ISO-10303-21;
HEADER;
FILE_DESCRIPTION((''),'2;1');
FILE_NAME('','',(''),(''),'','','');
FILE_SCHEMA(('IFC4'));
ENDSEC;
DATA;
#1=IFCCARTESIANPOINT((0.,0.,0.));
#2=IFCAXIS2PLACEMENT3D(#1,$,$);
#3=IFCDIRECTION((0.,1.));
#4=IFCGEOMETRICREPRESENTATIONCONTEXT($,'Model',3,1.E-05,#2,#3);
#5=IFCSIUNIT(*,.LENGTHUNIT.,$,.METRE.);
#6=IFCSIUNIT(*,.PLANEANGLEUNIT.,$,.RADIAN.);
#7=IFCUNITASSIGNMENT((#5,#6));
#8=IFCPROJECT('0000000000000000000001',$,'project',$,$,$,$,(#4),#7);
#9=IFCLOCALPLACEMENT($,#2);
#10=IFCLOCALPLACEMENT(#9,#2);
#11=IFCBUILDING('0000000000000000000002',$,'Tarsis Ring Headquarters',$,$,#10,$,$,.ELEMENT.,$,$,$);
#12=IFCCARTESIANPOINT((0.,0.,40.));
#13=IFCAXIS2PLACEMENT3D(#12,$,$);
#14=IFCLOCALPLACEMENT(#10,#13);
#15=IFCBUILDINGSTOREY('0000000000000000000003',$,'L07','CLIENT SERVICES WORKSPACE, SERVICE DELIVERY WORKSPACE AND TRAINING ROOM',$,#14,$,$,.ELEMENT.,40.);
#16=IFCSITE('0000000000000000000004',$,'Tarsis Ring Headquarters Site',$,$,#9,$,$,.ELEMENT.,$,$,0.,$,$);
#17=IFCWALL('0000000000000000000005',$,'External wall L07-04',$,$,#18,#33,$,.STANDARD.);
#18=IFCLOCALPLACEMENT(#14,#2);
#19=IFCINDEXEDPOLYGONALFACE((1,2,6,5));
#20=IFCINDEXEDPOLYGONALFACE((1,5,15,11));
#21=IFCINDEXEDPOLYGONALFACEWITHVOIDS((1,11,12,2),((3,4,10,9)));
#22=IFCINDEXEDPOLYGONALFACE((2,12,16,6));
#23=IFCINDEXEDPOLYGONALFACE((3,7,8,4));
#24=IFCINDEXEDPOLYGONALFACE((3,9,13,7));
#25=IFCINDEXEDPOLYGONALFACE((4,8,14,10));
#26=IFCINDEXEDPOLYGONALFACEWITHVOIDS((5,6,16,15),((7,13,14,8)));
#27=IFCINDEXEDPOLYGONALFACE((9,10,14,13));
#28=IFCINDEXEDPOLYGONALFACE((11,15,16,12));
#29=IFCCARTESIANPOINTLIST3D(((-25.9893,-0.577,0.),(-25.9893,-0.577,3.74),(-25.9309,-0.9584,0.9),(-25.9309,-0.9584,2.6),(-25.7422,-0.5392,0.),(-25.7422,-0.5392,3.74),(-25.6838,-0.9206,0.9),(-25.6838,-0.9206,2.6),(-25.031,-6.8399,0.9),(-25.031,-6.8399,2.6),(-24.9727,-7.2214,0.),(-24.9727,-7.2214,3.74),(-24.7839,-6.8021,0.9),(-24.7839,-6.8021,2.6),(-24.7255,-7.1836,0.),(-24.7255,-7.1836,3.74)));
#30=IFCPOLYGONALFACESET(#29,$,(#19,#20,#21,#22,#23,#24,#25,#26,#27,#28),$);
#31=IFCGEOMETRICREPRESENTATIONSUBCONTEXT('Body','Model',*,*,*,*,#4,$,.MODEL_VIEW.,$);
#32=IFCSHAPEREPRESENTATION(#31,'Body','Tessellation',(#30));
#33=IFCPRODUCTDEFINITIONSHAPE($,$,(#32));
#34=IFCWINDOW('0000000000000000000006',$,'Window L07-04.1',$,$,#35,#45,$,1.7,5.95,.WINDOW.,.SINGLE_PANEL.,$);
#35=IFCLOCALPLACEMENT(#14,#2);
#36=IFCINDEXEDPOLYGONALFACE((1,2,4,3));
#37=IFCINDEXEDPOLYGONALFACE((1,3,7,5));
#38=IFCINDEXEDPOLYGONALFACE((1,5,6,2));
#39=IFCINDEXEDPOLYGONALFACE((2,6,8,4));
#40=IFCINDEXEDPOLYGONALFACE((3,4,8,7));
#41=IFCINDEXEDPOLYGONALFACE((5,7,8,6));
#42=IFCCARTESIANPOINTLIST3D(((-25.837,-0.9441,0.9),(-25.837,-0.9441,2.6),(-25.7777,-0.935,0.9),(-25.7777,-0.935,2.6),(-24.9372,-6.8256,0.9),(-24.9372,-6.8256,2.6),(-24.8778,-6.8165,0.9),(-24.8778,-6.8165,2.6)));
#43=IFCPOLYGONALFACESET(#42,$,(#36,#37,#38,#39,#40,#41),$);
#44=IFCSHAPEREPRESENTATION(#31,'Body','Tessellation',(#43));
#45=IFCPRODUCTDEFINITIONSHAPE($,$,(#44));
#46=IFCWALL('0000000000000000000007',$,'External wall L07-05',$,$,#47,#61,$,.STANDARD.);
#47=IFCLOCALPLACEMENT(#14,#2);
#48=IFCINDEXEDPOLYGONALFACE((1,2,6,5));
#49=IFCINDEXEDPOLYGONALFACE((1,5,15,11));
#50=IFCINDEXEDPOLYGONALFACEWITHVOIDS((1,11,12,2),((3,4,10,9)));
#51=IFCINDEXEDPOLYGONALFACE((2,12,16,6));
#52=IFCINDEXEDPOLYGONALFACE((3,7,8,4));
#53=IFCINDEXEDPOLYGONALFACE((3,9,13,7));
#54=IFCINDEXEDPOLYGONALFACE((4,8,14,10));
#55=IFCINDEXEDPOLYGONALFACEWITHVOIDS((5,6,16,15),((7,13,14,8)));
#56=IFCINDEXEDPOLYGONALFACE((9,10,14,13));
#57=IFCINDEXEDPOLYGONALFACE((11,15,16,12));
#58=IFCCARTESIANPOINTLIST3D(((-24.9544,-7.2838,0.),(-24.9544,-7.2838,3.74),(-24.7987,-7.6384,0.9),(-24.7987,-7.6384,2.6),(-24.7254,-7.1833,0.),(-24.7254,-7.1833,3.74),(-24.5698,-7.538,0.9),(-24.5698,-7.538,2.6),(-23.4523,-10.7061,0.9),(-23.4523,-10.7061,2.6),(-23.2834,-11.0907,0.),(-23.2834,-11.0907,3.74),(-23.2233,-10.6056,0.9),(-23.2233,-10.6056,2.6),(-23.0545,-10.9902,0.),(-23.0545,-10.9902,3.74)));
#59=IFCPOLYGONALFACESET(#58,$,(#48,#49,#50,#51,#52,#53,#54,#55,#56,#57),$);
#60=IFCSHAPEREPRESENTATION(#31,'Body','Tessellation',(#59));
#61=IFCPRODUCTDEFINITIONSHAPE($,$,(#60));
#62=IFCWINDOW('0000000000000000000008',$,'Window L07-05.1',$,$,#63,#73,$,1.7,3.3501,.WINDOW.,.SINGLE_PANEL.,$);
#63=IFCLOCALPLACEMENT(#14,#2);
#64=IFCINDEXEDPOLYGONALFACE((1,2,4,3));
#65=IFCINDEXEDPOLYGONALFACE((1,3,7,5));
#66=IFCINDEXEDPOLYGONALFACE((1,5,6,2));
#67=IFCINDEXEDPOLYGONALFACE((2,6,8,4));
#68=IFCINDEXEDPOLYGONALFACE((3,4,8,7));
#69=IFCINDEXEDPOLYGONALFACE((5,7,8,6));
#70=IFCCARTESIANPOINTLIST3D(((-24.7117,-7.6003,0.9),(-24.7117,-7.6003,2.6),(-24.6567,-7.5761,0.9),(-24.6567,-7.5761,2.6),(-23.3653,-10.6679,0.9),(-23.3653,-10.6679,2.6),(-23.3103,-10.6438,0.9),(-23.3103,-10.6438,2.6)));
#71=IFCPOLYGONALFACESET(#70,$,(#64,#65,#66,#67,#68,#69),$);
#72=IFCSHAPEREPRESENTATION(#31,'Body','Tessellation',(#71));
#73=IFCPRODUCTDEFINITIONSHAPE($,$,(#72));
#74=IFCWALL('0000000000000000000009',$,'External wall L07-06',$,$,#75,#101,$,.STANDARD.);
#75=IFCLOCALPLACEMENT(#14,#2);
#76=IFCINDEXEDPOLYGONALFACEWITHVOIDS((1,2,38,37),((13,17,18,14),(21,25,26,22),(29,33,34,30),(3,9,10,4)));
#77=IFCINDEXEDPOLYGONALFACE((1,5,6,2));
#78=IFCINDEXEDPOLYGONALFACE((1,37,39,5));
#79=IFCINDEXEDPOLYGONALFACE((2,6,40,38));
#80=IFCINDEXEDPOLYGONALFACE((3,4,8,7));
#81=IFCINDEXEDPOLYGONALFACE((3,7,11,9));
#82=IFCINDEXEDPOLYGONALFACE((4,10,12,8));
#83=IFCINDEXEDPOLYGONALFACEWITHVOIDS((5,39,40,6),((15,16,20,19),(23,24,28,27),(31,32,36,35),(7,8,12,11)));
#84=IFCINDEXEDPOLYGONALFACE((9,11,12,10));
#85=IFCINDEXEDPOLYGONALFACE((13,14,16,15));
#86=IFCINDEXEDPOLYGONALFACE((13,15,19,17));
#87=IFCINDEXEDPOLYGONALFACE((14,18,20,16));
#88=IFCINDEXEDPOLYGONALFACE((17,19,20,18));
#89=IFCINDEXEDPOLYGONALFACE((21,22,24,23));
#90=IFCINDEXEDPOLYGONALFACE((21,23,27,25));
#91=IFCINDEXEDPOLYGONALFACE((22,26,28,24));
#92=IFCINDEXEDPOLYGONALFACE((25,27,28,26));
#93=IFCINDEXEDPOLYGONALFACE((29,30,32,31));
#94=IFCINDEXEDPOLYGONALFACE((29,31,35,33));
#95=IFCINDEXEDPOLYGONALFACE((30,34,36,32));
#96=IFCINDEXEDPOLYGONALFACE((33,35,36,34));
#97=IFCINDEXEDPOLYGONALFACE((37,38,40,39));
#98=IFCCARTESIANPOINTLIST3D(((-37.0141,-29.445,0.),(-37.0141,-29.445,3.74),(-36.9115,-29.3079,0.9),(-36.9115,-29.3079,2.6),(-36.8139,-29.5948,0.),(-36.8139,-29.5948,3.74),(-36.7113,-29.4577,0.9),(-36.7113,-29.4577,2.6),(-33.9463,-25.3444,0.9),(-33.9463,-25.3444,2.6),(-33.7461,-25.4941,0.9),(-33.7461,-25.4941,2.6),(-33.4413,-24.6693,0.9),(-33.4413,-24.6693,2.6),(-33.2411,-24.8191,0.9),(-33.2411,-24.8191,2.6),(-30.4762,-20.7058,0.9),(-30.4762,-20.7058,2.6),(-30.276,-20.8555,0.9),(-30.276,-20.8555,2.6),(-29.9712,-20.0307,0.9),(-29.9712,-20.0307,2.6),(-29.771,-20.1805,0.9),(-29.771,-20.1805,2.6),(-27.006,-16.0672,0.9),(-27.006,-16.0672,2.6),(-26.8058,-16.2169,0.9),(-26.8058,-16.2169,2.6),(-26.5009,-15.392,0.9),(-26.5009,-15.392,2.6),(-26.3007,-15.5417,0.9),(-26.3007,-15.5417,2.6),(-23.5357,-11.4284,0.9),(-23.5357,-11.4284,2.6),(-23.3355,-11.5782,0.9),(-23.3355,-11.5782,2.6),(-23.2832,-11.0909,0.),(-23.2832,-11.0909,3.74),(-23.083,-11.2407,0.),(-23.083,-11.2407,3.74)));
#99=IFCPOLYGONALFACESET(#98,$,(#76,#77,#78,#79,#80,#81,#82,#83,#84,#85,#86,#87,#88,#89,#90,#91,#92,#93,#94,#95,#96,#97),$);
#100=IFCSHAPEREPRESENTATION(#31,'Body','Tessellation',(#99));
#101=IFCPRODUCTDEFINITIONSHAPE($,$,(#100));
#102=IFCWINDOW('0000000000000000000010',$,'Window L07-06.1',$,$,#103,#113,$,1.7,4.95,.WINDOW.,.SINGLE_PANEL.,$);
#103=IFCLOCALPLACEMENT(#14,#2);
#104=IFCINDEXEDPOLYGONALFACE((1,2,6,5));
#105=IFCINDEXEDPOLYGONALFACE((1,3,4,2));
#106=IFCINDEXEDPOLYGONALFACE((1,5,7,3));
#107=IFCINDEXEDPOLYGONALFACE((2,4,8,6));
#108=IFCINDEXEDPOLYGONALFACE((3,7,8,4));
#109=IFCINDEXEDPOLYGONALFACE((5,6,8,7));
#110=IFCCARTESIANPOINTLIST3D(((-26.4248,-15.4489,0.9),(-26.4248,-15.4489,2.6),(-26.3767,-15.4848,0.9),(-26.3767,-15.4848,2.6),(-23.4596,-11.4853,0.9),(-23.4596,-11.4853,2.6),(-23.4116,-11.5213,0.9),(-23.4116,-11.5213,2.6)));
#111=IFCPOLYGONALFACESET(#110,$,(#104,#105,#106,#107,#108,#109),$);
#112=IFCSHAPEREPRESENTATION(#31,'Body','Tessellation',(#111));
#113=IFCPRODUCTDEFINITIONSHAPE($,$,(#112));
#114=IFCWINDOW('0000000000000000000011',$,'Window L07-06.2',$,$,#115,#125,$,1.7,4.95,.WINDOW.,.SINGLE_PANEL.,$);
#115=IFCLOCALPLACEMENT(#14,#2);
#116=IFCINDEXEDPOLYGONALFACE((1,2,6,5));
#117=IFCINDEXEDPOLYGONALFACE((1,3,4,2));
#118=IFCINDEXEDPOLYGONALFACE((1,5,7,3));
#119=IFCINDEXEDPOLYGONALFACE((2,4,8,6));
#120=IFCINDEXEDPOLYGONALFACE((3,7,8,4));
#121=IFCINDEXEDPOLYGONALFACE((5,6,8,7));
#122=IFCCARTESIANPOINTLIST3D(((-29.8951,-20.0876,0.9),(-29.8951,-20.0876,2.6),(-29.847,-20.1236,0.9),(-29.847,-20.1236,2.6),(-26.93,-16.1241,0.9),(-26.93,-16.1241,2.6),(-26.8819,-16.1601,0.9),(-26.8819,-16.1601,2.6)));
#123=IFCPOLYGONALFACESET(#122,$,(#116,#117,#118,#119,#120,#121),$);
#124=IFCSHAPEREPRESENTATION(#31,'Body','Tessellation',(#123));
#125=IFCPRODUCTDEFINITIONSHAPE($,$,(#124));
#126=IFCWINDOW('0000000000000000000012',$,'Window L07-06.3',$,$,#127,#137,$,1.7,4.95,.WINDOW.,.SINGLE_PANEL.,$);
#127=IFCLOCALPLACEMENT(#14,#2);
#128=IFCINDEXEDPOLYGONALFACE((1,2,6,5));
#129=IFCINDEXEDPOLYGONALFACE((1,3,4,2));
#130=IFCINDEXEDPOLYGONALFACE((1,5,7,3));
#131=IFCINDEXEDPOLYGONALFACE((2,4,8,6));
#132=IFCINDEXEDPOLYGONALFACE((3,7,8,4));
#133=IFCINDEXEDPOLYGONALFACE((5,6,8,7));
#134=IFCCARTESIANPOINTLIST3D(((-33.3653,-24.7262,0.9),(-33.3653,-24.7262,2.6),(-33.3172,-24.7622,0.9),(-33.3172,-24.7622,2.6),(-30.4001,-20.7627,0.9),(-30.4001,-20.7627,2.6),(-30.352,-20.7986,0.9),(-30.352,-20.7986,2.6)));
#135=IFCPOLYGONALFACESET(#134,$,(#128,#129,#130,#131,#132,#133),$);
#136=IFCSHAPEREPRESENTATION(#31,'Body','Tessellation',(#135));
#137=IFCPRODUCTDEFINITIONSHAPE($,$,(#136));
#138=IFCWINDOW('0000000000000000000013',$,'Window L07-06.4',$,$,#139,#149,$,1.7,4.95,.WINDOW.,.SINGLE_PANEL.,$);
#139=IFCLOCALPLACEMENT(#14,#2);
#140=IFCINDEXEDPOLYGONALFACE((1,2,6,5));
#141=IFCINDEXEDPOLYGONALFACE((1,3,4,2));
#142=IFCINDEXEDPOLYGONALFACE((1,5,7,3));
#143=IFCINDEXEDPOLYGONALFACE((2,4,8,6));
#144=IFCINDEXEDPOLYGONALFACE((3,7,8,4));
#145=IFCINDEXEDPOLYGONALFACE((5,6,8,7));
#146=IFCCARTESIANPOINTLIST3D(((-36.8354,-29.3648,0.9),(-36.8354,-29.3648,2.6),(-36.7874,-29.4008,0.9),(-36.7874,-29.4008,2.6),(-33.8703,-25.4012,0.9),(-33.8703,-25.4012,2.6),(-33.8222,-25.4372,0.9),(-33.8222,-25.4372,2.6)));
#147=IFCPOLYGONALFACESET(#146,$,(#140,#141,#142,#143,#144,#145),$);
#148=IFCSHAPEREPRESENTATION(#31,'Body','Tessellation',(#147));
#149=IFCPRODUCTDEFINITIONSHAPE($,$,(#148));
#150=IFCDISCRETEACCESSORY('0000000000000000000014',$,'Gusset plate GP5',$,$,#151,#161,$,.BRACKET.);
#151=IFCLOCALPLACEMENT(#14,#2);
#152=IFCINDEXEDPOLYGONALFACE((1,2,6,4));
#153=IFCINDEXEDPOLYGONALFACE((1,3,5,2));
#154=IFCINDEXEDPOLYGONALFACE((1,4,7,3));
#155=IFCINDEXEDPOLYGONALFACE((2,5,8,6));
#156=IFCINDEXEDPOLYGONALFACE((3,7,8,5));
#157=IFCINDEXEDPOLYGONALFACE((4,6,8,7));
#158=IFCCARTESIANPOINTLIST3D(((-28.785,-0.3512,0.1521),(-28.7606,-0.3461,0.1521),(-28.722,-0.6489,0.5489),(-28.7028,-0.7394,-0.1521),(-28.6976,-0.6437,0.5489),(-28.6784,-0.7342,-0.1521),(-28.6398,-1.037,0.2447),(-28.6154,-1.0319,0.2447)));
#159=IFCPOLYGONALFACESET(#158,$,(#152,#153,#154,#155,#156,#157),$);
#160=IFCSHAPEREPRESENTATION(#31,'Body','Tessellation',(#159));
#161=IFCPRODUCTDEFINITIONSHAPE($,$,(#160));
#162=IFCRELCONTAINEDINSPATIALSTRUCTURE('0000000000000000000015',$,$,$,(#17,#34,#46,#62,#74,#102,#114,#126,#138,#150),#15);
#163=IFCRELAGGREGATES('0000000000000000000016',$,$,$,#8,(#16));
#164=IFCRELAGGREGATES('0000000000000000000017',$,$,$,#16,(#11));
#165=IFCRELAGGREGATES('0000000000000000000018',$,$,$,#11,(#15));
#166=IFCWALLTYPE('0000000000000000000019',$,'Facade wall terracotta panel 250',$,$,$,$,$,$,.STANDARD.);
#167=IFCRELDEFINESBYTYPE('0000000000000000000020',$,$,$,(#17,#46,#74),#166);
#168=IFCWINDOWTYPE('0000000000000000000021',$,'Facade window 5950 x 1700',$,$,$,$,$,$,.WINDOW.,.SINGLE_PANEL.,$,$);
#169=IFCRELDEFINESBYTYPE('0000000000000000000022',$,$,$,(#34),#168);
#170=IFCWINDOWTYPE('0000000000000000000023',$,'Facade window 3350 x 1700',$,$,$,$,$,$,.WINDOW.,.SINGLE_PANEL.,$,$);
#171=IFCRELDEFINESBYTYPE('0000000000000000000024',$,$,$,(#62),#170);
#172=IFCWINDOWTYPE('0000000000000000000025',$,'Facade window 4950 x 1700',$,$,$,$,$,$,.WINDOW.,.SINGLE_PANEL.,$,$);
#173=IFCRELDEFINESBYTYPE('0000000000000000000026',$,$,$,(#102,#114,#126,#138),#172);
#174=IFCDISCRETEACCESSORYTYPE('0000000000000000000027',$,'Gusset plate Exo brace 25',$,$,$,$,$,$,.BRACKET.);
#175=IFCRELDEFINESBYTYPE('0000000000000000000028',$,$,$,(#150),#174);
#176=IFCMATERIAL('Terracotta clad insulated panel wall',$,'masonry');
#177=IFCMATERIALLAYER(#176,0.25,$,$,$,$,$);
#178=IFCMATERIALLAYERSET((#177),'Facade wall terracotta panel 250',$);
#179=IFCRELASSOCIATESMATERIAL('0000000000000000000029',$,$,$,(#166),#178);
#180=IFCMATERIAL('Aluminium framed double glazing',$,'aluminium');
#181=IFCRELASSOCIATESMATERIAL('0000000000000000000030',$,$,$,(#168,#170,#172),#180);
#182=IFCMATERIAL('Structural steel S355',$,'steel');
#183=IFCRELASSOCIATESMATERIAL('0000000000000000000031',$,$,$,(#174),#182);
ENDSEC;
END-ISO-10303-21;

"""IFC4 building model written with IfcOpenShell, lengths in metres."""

from ifc_helpers import new_model, si_unit, direction, frame, frame_2d, origin, origin_2d, place, context, subcontext, project, spatial, rectangle, extrude, material, layer, layer_set, material_profile, profile_set, type_object, element, fill, save


model = new_model("IFC4")

# Units and contexts
model_context = context("Model", 3, precision=1e-05, world=origin(), true_north=direction((0.0, 1.0)))
body_context = subcontext(model_context, "Body", "Model", "MODEL_VIEW")
ifc_project = project(units=[si_unit("LENGTHUNIT", "METRE"), si_unit("PLANEANGLEUNIT", "RADIAN")], contexts=[model_context])

# Site, building, storey
site_placement = place(None, origin())
site = spatial("IfcSite", under=ifc_project, at=site_placement, Name="Tarsis Ring Headquarters Site", CompositionType="ELEMENT", RefElevation=0.0)
building_placement = place(site_placement, origin())
building = spatial("IfcBuilding", under=site, at=building_placement, Name="Tarsis Ring Headquarters", CompositionType="ELEMENT")
storey_placement = place(building_placement, frame((0.0, 0.0, 40.0)))
storey = spatial("IfcBuildingStorey", under=building, at=storey_placement, Name="L07", Description="CLIENT SERVICES WORKSPACE, SERVICE DELIVERY WORKSPACE AND TRAINING ROOM", CompositionType="ELEMENT", Elevation=40.0)

# Shared definitions
ifc_material_1 = material(Name="Structural steel S355", Category="steel")

# Walls, openings, windows
ifc_material_2 = material(Name="Terracotta clad insulated panel wall", Category="masonry")
ifc_layer_1 = layer(ifc_material_2, 0.25)
ifc_layer_set_1 = layer_set([ifc_layer_1], Name="Facade wall terracotta panel 250")
wall_type_1 = type_object("IfcWallType", Name="Facade wall terracotta panel 250", PredefinedType="STANDARD", material=ifc_layer_set_1)
wall_1_placement = place(storey_placement, frame((-25.8657, -0.5581, 0.0), z_axis=(0.0, 0.0, 1.0), x_axis=(0.151244, -0.988496, 0.0)))
wall_1 = element("IfcWall", 1, at=wall_1_placement, inside=storey, type_object=wall_type_1, Name="External wall L07-04", PredefinedType="STANDARD", context=body_context, shape_type="SweptSolid", body=[
    extrude(rectangle(XDim=6.7217, YDim=0.25, at=frame_2d((3.3608, 0.0))), origin(), (0.0, 0.0, 1.0), 3.74),
])
opening_1_placement = place(wall_1_placement, frame((0.3857, 0.0, 0.8999)))
opening_1 = element("IfcOpeningElement", 2, at=opening_1_placement, cuts=wall_1, PredefinedType="OPENING", context=body_context, shape_type="SweptSolid", body=[
    extrude(rectangle(XDim=5.95, YDim=1.7, at=frame_2d((2.9751, 0.8501))), frame((0.0, 0.135, 0.0), z_axis=(0.0, -1.0, 0.0), x_axis=(1.0, 0.0, 0.0)), (0.0, 0.0, 1.0), 0.27),
])
ifc_material_3 = material(Name="Aluminium framed double glazing", Category="aluminium")
window_type_1 = type_object("IfcWindowType", Name="Facade window 5950 x 1700", PartitioningType="SINGLE_PANEL", PredefinedType="WINDOW", material=ifc_material_3)
window_1_placement = place(opening_1_placement, origin())
window_1 = element("IfcWindow", 3, at=window_1_placement, inside=storey, type_object=window_type_1, Name="Window L07-04.1", OverallHeight=1.7, OverallWidth=5.95, PartitioningType="SINGLE_PANEL", PredefinedType="WINDOW", context=body_context, shape_type="SweptSolid", body=[
    extrude(rectangle(XDim=5.95, YDim=1.7, at=frame_2d((2.9751, 0.8501))), frame((0.0, 0.03, 0.0), z_axis=(0.0, -1.0, 0.0), x_axis=(1.0, 0.0, 0.0)), (0.0, 0.0, 1.0), 0.0601),
])
fill(opening_1, window_1)
wall_2_placement = place(storey_placement, frame((-24.8398, -7.2336, 0.0), z_axis=(0.0, 0.0, 1.0), x_axis=(0.401906, -0.915681, 0.0)))
wall_2 = element("IfcWall", 4, at=wall_2_placement, inside=storey, type_object=wall_type_1, Name="External wall L07-05", PredefinedType="STANDARD", context=body_context, shape_type="SweptSolid", body=[
    extrude(rectangle(XDim=4.1575, YDim=0.25, at=frame_2d((2.0786, 0.0))), origin(), (0.0, 0.0, 1.0), 3.74),
])
opening_2_placement = place(wall_2_placement, frame((0.3872, 0.0, 0.8999)))
opening_2 = element("IfcOpeningElement", 5, at=opening_2_placement, cuts=wall_2, PredefinedType="OPENING", context=body_context, shape_type="SweptSolid", body=[
    extrude(rectangle(XDim=3.3501, YDim=1.7, at=frame_2d((1.675, 0.8501))), frame((0.0, 0.135, 0.0), z_axis=(0.0, -1.0, 0.0), x_axis=(1.0, 0.0, 0.0)), (0.0, 0.0, 1.0), 0.27),
])
window_type_2 = type_object("IfcWindowType", Name="Facade window 3350 x 1700", PartitioningType="SINGLE_PANEL", PredefinedType="WINDOW", material=ifc_material_3)
window_2_placement = place(opening_2_placement, origin())
window_2 = element("IfcWindow", 6, at=window_2_placement, inside=storey, type_object=window_type_2, Name="Window L07-05.1", OverallHeight=1.7, OverallWidth=3.3501, PartitioningType="SINGLE_PANEL", PredefinedType="WINDOW", context=body_context, shape_type="SweptSolid", body=[
    extrude(rectangle(XDim=3.3501, YDim=1.7, at=frame_2d((1.675, 0.8501))), frame((0.0, 0.03, 0.0), z_axis=(0.0, -1.0, 0.0), x_axis=(1.0, 0.0, 0.0)), (0.0, 0.0, 1.0), 0.0601),
])
fill(opening_2, window_2)

# Wall, openings, windows
wall_3_placement = place(storey_placement, frame((-23.1831, -11.1658, 0.0), z_axis=(0.0, 0.0, 1.0), x_axis=(-0.59903, -0.800727, 0.0)))
wall_3 = element("IfcWall", 7, at=wall_3_placement, inside=storey, type_object=wall_type_1, Name="External wall L07-06", PredefinedType="STANDARD", context=body_context, shape_type="SweptSolid", body=[
    extrude(rectangle(XDim=22.9219, YDim=0.25, at=frame_2d((11.4609, 0.0))), origin(), (0.0, 0.0, 1.0), 3.74),
])
opening_3_placement = place(wall_3_placement, frame((0.4214, 0.0, 0.8999)))
opening_3 = element("IfcOpeningElement", 8, at=opening_3_placement, cuts=wall_3, PredefinedType="OPENING", context=body_context, shape_type="SweptSolid", body=[
    extrude(rectangle(XDim=4.95, YDim=1.7, at=frame_2d((2.4751, 0.8501))), frame((0.0, 0.135, 0.0), z_axis=(0.0, -1.0, 0.0), x_axis=(1.0, 0.0, 0.0)), (0.0, 0.0, 1.0), 0.27),
])
opening_4_placement = place(wall_3_placement, frame((6.2146, 0.0, 0.8999)))
opening_4 = element("IfcOpeningElement", 9, at=opening_4_placement, cuts=wall_3, PredefinedType="OPENING", context=body_context, shape_type="SweptSolid", body=[
    extrude(rectangle(XDim=4.95, YDim=1.7, at=frame_2d((2.4751, 0.8501))), frame((0.0, 0.135, 0.0), z_axis=(0.0, -1.0, 0.0), x_axis=(1.0, 0.0, 0.0)), (0.0, 0.0, 1.0), 0.27),
])
opening_5_placement = place(wall_3_placement, frame((12.0076, 0.0, 0.8999)))
opening_5 = element("IfcOpeningElement", 10, at=opening_5_placement, cuts=wall_3, PredefinedType="OPENING", context=body_context, shape_type="SweptSolid", body=[
    extrude(rectangle(XDim=4.95, YDim=1.7, at=frame_2d((2.4751, 0.8501))), frame((0.0, 0.135, 0.0), z_axis=(0.0, -1.0, 0.0), x_axis=(1.0, 0.0, 0.0)), (0.0, 0.0, 1.0), 0.27),
])
opening_6_placement = place(wall_3_placement, frame((17.8005, 0.0, 0.8999)))
opening_6 = element("IfcOpeningElement", 11, at=opening_6_placement, cuts=wall_3, PredefinedType="OPENING", context=body_context, shape_type="SweptSolid", body=[
    extrude(rectangle(XDim=4.95, YDim=1.7, at=frame_2d((2.4751, 0.8501))), frame((0.0, 0.135, 0.0), z_axis=(0.0, -1.0, 0.0), x_axis=(1.0, 0.0, 0.0)), (0.0, 0.0, 1.0), 0.27),
])
window_type_3 = type_object("IfcWindowType", Name="Facade window 4950 x 1700", PartitioningType="SINGLE_PANEL", PredefinedType="WINDOW", material=ifc_material_3)
window_3_placement = place(opening_3_placement, origin())
window_3 = element("IfcWindow", 12, at=window_3_placement, inside=storey, type_object=window_type_3, Name="Window L07-06.1", OverallHeight=1.7, OverallWidth=4.95, PartitioningType="SINGLE_PANEL", PredefinedType="WINDOW", context=body_context, shape_type="SweptSolid", body=[
    extrude(rectangle(XDim=4.95, YDim=1.7, at=frame_2d((2.4751, 0.8501))), frame((0.0, 0.03, 0.0), z_axis=(0.0, -1.0, 0.0), x_axis=(1.0, 0.0, 0.0)), (0.0, 0.0, 1.0), 0.0601),
])
fill(opening_3, window_3)
window_4_placement = place(opening_4_placement, origin())
window_4 = element("IfcWindow", 13, at=window_4_placement, inside=storey, type_object=window_type_3, Name="Window L07-06.2", OverallHeight=1.7, OverallWidth=4.95, PartitioningType="SINGLE_PANEL", PredefinedType="WINDOW", context=body_context, shape_type="SweptSolid", body=[
    extrude(rectangle(XDim=4.95, YDim=1.7, at=frame_2d((2.4751, 0.8501))), frame((0.0, 0.03, 0.0), z_axis=(0.0, -1.0, 0.0), x_axis=(1.0, 0.0, 0.0)), (0.0, 0.0, 1.0), 0.0601),
])
fill(opening_4, window_4)
window_5_placement = place(opening_5_placement, origin())
window_5 = element("IfcWindow", 14, at=window_5_placement, inside=storey, type_object=window_type_3, Name="Window L07-06.3", OverallHeight=1.7, OverallWidth=4.95, PartitioningType="SINGLE_PANEL", PredefinedType="WINDOW", context=body_context, shape_type="SweptSolid", body=[
    extrude(rectangle(XDim=4.95, YDim=1.7, at=frame_2d((2.4751, 0.8501))), frame((0.0, 0.03, 0.0), z_axis=(0.0, -1.0, 0.0), x_axis=(1.0, 0.0, 0.0)), (0.0, 0.0, 1.0), 0.0601),
])
fill(opening_5, window_5)
window_6_placement = place(opening_6_placement, origin())
window_6 = element("IfcWindow", 15, at=window_6_placement, inside=storey, type_object=window_type_3, Name="Window L07-06.4", OverallHeight=1.7, OverallWidth=4.95, PartitioningType="SINGLE_PANEL", PredefinedType="WINDOW", context=body_context, shape_type="SweptSolid", body=[
    extrude(rectangle(XDim=4.95, YDim=1.7, at=frame_2d((2.4751, 0.8501))), frame((0.0, 0.03, 0.0), z_axis=(0.0, -1.0, 0.0), x_axis=(1.0, 0.0, 0.0)), (0.0, 0.0, 1.0), 0.0601),
])
fill(opening_6, window_6)

# Discrete accessory
ifc_material_profile_1 = material_profile(ifc_material_1, rectangle(XDim=0.0249, YDim=0.5, at=origin_2d()), Name="PL 25x500")
ifc_profile_set_1 = profile_set([ifc_material_profile_1], Name="Structural steel S355")
discrete_accessory_type = type_object("IfcDiscreteAccessoryType", Name="Gusset plate Exo brace 25", PredefinedType="BRACKET", material=ifc_profile_set_1)
discrete_accessory_1_placement = place(storey_placement, frame((-28.7317, -0.5427, 0.0), z_axis=(0.125994, -0.595297, 0.793566), x_axis=(0.978328, 0.207062, 0.0)))
element("IfcDiscreteAccessory", 16, at=discrete_accessory_1_placement, inside=storey, type_object=discrete_accessory_type, Name="Gusset plate GP5", PredefinedType="BRACKET", context=body_context, shape_type="SweptSolid", body=[
    extrude(rectangle(XDim=0.0249, YDim=0.5, at=origin_2d()), origin(), (0.0, 0.0, 1.0), 0.5),
])

save(model, "model.ifc")
